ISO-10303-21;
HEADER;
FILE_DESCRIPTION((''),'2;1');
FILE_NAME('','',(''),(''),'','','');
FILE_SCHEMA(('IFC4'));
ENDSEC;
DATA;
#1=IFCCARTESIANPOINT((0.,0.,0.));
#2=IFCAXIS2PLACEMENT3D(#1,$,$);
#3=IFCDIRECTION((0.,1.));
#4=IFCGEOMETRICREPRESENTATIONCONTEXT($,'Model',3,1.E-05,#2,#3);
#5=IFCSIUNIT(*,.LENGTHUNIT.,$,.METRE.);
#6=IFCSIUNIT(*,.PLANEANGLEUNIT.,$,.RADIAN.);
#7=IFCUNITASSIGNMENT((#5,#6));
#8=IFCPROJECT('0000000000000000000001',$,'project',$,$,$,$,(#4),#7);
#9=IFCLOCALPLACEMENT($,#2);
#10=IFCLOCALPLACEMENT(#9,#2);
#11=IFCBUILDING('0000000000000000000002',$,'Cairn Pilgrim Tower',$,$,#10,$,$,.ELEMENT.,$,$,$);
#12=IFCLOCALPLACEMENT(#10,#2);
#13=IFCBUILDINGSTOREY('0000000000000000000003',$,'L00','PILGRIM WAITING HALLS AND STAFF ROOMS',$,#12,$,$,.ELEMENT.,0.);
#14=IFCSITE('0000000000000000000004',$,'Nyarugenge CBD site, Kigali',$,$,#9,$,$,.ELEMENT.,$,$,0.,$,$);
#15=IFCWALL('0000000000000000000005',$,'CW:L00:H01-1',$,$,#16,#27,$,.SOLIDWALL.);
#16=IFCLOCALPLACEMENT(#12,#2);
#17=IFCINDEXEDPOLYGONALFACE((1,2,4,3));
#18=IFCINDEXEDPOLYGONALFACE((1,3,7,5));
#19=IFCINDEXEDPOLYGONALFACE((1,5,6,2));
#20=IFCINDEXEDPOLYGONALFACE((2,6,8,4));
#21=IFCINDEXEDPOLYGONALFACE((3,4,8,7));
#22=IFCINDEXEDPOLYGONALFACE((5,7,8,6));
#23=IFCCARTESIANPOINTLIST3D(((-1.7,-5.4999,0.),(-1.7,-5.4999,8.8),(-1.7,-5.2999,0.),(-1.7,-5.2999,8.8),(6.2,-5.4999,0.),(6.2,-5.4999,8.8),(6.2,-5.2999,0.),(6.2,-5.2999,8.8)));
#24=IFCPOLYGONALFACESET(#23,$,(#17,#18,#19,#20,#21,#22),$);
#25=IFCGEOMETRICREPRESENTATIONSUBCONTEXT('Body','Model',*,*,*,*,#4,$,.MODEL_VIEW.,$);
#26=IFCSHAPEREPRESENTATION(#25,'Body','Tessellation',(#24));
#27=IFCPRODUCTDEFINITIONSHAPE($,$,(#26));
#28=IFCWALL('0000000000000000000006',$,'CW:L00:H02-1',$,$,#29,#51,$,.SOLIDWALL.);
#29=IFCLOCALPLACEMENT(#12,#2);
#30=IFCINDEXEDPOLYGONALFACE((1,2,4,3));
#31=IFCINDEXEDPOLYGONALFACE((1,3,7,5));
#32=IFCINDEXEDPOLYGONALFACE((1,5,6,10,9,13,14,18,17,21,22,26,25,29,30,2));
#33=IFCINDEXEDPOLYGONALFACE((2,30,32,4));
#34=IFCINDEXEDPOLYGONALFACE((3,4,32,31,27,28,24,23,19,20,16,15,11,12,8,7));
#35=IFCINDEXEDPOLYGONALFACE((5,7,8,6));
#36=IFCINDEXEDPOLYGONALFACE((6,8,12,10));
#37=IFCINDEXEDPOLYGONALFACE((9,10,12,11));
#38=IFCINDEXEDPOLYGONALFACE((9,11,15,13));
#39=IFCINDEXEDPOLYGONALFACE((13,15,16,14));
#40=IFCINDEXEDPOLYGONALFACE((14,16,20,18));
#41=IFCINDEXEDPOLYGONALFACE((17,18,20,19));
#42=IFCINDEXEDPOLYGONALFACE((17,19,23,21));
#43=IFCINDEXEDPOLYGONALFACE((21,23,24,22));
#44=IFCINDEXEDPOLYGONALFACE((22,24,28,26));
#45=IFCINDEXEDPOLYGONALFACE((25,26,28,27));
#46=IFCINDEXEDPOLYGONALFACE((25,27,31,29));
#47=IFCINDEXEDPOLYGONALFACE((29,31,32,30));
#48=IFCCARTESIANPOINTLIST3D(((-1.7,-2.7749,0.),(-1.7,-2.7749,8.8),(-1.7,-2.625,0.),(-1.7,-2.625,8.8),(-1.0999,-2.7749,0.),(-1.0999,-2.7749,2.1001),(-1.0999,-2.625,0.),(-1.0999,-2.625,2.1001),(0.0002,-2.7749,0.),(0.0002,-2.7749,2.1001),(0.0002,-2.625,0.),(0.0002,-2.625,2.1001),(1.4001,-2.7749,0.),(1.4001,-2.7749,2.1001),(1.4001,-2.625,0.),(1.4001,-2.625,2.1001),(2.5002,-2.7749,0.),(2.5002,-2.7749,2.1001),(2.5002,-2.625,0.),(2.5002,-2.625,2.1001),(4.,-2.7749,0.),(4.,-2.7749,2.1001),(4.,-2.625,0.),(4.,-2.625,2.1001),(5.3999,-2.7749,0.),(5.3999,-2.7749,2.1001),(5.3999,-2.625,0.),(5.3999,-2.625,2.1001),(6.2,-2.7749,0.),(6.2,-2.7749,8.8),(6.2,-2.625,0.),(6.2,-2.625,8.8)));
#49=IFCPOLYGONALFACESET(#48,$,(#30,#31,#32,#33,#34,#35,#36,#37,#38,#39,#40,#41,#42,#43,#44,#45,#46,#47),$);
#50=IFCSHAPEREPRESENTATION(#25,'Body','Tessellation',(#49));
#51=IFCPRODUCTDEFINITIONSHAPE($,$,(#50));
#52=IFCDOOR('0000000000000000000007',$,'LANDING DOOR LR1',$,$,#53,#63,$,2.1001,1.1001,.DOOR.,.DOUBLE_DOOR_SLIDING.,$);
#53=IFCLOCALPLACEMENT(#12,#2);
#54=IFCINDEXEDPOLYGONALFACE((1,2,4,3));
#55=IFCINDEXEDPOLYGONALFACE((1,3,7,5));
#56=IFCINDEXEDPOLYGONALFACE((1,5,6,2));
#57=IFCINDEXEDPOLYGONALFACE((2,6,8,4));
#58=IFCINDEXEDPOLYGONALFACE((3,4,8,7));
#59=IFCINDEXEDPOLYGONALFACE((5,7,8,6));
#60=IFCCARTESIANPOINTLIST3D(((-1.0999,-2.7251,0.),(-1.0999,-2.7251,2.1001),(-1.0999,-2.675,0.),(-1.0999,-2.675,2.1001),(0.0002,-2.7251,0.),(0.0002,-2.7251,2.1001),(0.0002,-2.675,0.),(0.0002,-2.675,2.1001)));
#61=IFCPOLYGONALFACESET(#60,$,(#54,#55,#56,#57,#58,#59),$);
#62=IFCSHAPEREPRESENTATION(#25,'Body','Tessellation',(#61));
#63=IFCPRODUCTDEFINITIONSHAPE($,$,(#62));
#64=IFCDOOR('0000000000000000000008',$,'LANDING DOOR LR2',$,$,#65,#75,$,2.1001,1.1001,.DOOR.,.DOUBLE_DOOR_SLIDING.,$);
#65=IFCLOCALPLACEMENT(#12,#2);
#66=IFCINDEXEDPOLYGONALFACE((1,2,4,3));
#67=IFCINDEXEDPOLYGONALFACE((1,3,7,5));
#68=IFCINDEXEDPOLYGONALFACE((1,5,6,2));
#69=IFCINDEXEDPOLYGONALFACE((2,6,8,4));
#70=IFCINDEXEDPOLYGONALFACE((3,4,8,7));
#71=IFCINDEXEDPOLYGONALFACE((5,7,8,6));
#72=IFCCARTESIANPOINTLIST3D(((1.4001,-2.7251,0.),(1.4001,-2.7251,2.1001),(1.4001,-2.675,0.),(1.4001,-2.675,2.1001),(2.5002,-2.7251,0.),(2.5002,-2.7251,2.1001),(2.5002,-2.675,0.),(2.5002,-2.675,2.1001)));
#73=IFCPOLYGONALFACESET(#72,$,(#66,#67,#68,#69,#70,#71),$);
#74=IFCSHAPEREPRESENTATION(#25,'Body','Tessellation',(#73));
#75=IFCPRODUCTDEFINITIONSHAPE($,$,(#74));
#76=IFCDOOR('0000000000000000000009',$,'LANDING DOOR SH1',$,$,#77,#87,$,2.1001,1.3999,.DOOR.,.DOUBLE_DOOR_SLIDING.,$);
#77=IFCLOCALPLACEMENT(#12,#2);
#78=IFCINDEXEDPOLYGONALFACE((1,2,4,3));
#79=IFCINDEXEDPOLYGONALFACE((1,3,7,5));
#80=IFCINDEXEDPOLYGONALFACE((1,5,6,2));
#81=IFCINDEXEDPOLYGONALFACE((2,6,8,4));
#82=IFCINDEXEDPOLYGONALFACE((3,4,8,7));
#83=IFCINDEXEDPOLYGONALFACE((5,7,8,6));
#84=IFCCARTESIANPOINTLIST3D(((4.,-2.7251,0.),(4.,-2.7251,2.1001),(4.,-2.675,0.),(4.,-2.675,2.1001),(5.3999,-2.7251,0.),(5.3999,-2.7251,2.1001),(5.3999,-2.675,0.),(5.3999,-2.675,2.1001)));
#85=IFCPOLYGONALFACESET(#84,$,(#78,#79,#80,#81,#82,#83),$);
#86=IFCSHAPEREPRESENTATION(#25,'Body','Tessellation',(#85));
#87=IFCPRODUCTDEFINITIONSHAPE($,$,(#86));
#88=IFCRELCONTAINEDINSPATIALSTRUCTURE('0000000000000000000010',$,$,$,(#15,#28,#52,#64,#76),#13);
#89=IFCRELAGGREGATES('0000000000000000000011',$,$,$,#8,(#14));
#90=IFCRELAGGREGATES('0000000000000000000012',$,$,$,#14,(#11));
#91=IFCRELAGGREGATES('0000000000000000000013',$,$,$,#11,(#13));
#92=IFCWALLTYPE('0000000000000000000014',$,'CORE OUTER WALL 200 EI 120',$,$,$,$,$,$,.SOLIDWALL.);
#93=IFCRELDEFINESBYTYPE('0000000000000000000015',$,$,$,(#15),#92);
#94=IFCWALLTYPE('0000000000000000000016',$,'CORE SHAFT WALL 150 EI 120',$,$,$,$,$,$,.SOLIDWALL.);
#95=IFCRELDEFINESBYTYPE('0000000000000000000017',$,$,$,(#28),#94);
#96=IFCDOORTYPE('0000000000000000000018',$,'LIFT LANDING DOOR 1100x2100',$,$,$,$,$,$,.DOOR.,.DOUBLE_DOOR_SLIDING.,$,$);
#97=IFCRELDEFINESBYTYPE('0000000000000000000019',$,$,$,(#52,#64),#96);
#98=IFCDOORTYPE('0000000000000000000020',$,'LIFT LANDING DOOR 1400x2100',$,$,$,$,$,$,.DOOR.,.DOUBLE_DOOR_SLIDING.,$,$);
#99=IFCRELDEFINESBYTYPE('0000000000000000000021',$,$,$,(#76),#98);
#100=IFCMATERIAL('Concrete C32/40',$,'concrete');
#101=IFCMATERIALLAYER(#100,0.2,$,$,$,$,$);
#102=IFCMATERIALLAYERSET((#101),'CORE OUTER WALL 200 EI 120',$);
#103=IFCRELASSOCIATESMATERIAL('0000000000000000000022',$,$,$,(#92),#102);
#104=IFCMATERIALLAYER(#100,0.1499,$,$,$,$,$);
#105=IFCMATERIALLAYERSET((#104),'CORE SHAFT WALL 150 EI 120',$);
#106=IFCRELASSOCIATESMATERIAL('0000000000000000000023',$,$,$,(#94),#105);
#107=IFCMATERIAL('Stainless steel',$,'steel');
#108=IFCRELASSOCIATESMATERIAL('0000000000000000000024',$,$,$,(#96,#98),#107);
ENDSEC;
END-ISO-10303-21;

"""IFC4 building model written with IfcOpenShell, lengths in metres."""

from ifc_helpers import new_model, si_unit, direction, frame, frame_2d, origin, place, context, subcontext, project, spatial, rectangle, extrude, material, layer, layer_set, type_object, element, fill, save


model = new_model("IFC4")

# Units and contexts
model_context = context("Model", 3, precision=1e-05, world=origin(), true_north=direction((0.0, 1.0)))
body_context = subcontext(model_context, "Body", "Model", "MODEL_VIEW")
ifc_project = project(units=[si_unit("LENGTHUNIT", "METRE"), si_unit("PLANEANGLEUNIT", "RADIAN")], contexts=[model_context])

# Site, building, storey
site_placement = place(None, origin())
site = spatial("IfcSite", under=ifc_project, at=site_placement, Name="Nyarugenge CBD site, Kigali", CompositionType="ELEMENT", RefElevation=0.0)
building_placement = place(site_placement, origin())
building = spatial("IfcBuilding", under=site, at=building_placement, Name="Cairn Pilgrim Tower", CompositionType="ELEMENT")
storey_placement = place(building_placement, origin())
storey = spatial("IfcBuildingStorey", under=building, at=storey_placement, Name="L00", Description="PILGRIM WAITING HALLS AND STAFF ROOMS", CompositionType="ELEMENT", Elevation=0.0)

# Wall
ifc_material_1 = material(Name="Concrete C32/40", Category="concrete")
ifc_layer_1 = layer(ifc_material_1, 0.2)
ifc_layer_set_1 = layer_set([ifc_layer_1], Name="CORE OUTER WALL 200 EI 120")
wall_type_1 = type_object("IfcWallType", Name="CORE OUTER WALL 200 EI 120", PredefinedType="SOLIDWALL", material=ifc_layer_set_1)
wall_1_placement = place(storey_placement, frame((-1.7, -5.3999, 0.0), z_axis=(0.0, 0.0, 1.0), x_axis=(1.0, 0.0, 0.0)))
element("IfcWall", 1, at=wall_1_placement, inside=storey, type_object=wall_type_1, Name="CW:L00:H01-1", PredefinedType="SOLIDWALL", context=body_context, shape_type="SweptSolid", body=[
    extrude(rectangle(XDim=7.8999, YDim=0.2, at=frame_2d((3.95, 0.0))), origin(), (0.0, 0.0, 1.0), 8.8),
])

# Wall, openings, doors
ifc_layer_2 = layer(ifc_material_1, 0.1499)
ifc_layer_set_2 = layer_set([ifc_layer_2], Name="CORE SHAFT WALL 150 EI 120")
wall_type_2 = type_object("IfcWallType", Name="CORE SHAFT WALL 150 EI 120", PredefinedType="SOLIDWALL", material=ifc_layer_set_2)
wall_2_placement = place(storey_placement, frame((-1.7, -2.7, 0.0), z_axis=(0.0, 0.0, 1.0), x_axis=(1.0, 0.0, 0.0)))
wall_2 = element("IfcWall", 2, at=wall_2_placement, inside=storey, type_object=wall_type_2, Name="CW:L00:H02-1", PredefinedType="SOLIDWALL", context=body_context, shape_type="SweptSolid", body=[
    extrude(rectangle(XDim=7.8999, YDim=0.1499, at=frame_2d((3.95, 0.0))), origin(), (0.0, 0.0, 1.0), 8.8),
])
opening_1_placement = place(wall_2_placement, frame((0.6001, 0.0, 0.0)))
opening_1 = element("IfcOpeningElement", 3, at=opening_1_placement, cuts=wall_2, PredefinedType="OPENING", context=body_context, shape_type="SweptSolid", body=[
    extrude(rectangle(XDim=1.1001, YDim=2.1001, at=frame_2d((0.55, 1.05))), frame((0.0, 0.085, 0.0), z_axis=(0.0, -1.0, 0.0), x_axis=(1.0, 0.0, 0.0)), (0.0, 0.0, 1.0), 0.1699),
])
opening_2_placement = place(wall_2_placement, frame((3.1001, 0.0, 0.0)))
opening_2 = element("IfcOpeningElement", 4, at=opening_2_placement, cuts=wall_2, PredefinedType="OPENING", context=body_context, shape_type="SweptSolid", body=[
    extrude(rectangle(XDim=1.1001, YDim=2.1001, at=frame_2d((0.55, 1.05))), frame((0.0, 0.085, 0.0), z_axis=(0.0, -1.0, 0.0), x_axis=(1.0, 0.0, 0.0)), (0.0, 0.0, 1.0), 0.1699),
])
opening_3_placement = place(wall_2_placement, frame((5.7, 0.0, 0.0)))
opening_3 = element("IfcOpeningElement", 5, at=opening_3_placement, cuts=wall_2, PredefinedType="OPENING", context=body_context, shape_type="SweptSolid", body=[
    extrude(rectangle(XDim=1.3999, YDim=2.1001, at=frame_2d((0.7, 1.05))), frame((0.0, 0.085, 0.0), z_axis=(0.0, -1.0, 0.0), x_axis=(1.0, 0.0, 0.0)), (0.0, 0.0, 1.0), 0.1699),
])
ifc_material_2 = material(Name="Stainless steel", Category="steel")
door_type_1 = type_object("IfcDoorType", Name="LIFT LANDING DOOR 1100x2100", OperationType="DOUBLE_DOOR_SLIDING", PredefinedType="DOOR", material=ifc_material_2)
door_1_placement = place(opening_1_placement, origin())
door_1 = element("IfcDoor", 6, at=door_1_placement, inside=storey, type_object=door_type_1, Name="LANDING DOOR LR1", OperationType="DOUBLE_DOOR_SLIDING", OverallHeight=2.1001, OverallWidth=1.1001, PredefinedType="DOOR", context=body_context, shape_type="SweptSolid", body=[
    extrude(rectangle(XDim=1.1001, YDim=2.1001, at=frame_2d((0.55, 1.05))), frame((0.0, 0.0249, 0.0), z_axis=(0.0, -1.0, 0.0), x_axis=(1.0, 0.0, 0.0)), (0.0, 0.0, 1.0), 0.05),
])
fill(opening_1, door_1)
door_2_placement = place(opening_2_placement, origin())
door_2 = element("IfcDoor", 7, at=door_2_placement, inside=storey, type_object=door_type_1, Name="LANDING DOOR LR2", OperationType="DOUBLE_DOOR_SLIDING", OverallHeight=2.1001, OverallWidth=1.1001, PredefinedType="DOOR", context=body_context, shape_type="SweptSolid", body=[
    extrude(rectangle(XDim=1.1001, YDim=2.1001, at=frame_2d((0.55, 1.05))), frame((0.0, 0.0249, 0.0), z_axis=(0.0, -1.0, 0.0), x_axis=(1.0, 0.0, 0.0)), (0.0, 0.0, 1.0), 0.05),
])
fill(opening_2, door_2)
door_type_2 = type_object("IfcDoorType", Name="LIFT LANDING DOOR 1400x2100", OperationType="DOUBLE_DOOR_SLIDING", PredefinedType="DOOR", material=ifc_material_2)
door_3_placement = place(opening_3_placement, origin())
door_3 = element("IfcDoor", 8, at=door_3_placement, inside=storey, type_object=door_type_2, Name="LANDING DOOR SH1", OperationType="DOUBLE_DOOR_SLIDING", OverallHeight=2.1001, OverallWidth=1.3999, PredefinedType="DOOR", context=body_context, shape_type="SweptSolid", body=[
    extrude(rectangle(XDim=1.3999, YDim=2.1001, at=frame_2d((0.7, 1.05))), frame((0.0, 0.0249, 0.0), z_axis=(0.0, -1.0, 0.0), x_axis=(1.0, 0.0, 0.0)), (0.0, 0.0, 1.0), 0.05),
])
fill(opening_3, door_3)

save(model, "model.ifc")
